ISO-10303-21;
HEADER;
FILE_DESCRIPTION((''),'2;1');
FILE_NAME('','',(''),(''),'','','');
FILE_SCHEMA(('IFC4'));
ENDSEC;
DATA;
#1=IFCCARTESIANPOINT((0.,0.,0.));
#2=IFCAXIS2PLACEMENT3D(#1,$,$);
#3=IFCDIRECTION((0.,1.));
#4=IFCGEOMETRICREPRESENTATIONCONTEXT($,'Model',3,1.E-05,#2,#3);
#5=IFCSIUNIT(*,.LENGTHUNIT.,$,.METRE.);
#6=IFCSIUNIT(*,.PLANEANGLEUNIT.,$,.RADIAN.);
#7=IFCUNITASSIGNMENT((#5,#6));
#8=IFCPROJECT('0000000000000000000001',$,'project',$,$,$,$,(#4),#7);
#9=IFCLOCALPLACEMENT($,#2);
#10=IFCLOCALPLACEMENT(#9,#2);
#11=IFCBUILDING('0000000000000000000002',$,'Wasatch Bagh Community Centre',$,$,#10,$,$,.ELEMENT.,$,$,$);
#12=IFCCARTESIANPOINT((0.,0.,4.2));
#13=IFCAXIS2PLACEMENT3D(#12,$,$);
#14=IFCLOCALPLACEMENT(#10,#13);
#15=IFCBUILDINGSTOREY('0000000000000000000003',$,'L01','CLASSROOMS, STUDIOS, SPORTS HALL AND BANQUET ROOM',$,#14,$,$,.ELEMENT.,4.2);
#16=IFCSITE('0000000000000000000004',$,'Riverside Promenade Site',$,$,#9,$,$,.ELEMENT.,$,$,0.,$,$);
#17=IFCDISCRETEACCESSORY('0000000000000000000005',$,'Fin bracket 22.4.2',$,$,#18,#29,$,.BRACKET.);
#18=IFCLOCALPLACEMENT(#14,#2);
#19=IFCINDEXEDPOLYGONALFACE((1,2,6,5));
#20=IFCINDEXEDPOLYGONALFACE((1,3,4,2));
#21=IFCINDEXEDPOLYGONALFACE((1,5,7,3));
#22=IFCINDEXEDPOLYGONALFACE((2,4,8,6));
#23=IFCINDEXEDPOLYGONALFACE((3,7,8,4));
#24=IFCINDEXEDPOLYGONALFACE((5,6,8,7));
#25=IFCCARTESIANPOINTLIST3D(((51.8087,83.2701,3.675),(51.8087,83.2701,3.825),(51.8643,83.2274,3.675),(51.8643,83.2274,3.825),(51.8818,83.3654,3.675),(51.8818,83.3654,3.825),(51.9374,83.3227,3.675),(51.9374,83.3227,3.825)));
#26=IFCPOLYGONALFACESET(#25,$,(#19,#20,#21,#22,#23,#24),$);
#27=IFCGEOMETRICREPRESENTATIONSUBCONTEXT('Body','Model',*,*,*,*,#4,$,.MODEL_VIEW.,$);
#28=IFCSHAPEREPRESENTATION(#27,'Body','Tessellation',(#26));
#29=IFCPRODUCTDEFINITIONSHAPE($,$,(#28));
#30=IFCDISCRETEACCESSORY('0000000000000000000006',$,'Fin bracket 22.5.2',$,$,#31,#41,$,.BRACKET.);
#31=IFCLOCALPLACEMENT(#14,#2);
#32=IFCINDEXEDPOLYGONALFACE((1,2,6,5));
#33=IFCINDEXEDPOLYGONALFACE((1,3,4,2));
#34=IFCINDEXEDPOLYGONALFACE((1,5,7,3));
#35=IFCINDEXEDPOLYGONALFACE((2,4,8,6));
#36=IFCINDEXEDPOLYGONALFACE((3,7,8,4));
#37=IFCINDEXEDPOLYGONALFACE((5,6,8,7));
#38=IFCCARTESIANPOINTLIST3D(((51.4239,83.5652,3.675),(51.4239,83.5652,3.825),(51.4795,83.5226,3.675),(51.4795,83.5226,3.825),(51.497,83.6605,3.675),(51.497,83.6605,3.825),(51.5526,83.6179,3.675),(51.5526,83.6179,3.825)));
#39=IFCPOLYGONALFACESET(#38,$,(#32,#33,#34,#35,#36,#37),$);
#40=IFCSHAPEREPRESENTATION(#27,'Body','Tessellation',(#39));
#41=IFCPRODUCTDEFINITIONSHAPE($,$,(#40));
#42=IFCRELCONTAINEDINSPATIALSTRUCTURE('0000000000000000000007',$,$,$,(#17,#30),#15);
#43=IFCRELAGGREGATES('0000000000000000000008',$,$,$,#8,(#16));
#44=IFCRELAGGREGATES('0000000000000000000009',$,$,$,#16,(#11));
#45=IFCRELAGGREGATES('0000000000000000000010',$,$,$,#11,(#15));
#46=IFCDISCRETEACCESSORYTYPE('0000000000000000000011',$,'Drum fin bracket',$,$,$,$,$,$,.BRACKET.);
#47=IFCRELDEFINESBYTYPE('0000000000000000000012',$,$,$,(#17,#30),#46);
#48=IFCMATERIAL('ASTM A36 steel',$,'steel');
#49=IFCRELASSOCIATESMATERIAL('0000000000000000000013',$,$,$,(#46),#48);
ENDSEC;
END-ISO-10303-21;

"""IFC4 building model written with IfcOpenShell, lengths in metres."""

from ifc_helpers import new_model, si_unit, direction, frame, origin, origin_2d, place, context, subcontext, project, spatial, rectangle, extrude, material, type_object, element, save


model = new_model("IFC4")

# Units and contexts
model_context = context("Model", 3, precision=1e-05, world=origin(), true_north=direction((0.0, 1.0)))
body_context = subcontext(model_context, "Body", "Model", "MODEL_VIEW")
ifc_project = project(units=[si_unit("LENGTHUNIT", "METRE"), si_unit("PLANEANGLEUNIT", "RADIAN")], contexts=[model_context])

# Site, building, storey
site_placement = place(None, origin())
site = spatial("IfcSite", under=ifc_project, at=site_placement, Name="Riverside Promenade Site", CompositionType="ELEMENT", RefElevation=0.0)
building_placement = place(site_placement, origin())
building = spatial("IfcBuilding", under=site, at=building_placement, Name="Wasatch Bagh Community Centre", CompositionType="ELEMENT")
storey_placement = place(building_placement, frame((0.0, 0.0, 4.2)))
storey = spatial("IfcBuildingStorey", under=building, at=storey_placement, Name="L01", Description="CLASSROOMS, STUDIOS, SPORTS HALL AND BANQUET ROOM", CompositionType="ELEMENT", Elevation=4.2)

# Discrete accessories
ifc_material_1 = material(Name="ASTM A36 steel", Category="steel")
discrete_accessory_type = type_object("IfcDiscreteAccessoryType", Name="Drum fin bracket", PredefinedType="BRACKET", material=ifc_material_1)
for number, where, z_axis, x_axis, name in (
    (1, (51.873, 83.2964, 3.675), (0.0, 0.0, 1.0), (-0.793353, 0.608761, 0.0), "Fin bracket 22.4.2"),
    (2, (51.4883, 83.5916, 3.675), (0.0, 0.0, 1.0), (-0.793353, 0.608761, 0.0), "Fin bracket 22.5.2"),
):
    element("IfcDiscreteAccessory", number, at=place(storey_placement, frame(where, z_axis=z_axis, x_axis=x_axis)), inside=storey, type_object=discrete_accessory_type, Name=name, PredefinedType="BRACKET", context=body_context, shape_type="SweptSolid", body=[
        extrude(rectangle(XDim=0.0701, YDim=0.1201, at=origin_2d()), origin(), (0.0, 0.0, 1.0), 0.1499),
    ])

save(model, "model.ifc")
